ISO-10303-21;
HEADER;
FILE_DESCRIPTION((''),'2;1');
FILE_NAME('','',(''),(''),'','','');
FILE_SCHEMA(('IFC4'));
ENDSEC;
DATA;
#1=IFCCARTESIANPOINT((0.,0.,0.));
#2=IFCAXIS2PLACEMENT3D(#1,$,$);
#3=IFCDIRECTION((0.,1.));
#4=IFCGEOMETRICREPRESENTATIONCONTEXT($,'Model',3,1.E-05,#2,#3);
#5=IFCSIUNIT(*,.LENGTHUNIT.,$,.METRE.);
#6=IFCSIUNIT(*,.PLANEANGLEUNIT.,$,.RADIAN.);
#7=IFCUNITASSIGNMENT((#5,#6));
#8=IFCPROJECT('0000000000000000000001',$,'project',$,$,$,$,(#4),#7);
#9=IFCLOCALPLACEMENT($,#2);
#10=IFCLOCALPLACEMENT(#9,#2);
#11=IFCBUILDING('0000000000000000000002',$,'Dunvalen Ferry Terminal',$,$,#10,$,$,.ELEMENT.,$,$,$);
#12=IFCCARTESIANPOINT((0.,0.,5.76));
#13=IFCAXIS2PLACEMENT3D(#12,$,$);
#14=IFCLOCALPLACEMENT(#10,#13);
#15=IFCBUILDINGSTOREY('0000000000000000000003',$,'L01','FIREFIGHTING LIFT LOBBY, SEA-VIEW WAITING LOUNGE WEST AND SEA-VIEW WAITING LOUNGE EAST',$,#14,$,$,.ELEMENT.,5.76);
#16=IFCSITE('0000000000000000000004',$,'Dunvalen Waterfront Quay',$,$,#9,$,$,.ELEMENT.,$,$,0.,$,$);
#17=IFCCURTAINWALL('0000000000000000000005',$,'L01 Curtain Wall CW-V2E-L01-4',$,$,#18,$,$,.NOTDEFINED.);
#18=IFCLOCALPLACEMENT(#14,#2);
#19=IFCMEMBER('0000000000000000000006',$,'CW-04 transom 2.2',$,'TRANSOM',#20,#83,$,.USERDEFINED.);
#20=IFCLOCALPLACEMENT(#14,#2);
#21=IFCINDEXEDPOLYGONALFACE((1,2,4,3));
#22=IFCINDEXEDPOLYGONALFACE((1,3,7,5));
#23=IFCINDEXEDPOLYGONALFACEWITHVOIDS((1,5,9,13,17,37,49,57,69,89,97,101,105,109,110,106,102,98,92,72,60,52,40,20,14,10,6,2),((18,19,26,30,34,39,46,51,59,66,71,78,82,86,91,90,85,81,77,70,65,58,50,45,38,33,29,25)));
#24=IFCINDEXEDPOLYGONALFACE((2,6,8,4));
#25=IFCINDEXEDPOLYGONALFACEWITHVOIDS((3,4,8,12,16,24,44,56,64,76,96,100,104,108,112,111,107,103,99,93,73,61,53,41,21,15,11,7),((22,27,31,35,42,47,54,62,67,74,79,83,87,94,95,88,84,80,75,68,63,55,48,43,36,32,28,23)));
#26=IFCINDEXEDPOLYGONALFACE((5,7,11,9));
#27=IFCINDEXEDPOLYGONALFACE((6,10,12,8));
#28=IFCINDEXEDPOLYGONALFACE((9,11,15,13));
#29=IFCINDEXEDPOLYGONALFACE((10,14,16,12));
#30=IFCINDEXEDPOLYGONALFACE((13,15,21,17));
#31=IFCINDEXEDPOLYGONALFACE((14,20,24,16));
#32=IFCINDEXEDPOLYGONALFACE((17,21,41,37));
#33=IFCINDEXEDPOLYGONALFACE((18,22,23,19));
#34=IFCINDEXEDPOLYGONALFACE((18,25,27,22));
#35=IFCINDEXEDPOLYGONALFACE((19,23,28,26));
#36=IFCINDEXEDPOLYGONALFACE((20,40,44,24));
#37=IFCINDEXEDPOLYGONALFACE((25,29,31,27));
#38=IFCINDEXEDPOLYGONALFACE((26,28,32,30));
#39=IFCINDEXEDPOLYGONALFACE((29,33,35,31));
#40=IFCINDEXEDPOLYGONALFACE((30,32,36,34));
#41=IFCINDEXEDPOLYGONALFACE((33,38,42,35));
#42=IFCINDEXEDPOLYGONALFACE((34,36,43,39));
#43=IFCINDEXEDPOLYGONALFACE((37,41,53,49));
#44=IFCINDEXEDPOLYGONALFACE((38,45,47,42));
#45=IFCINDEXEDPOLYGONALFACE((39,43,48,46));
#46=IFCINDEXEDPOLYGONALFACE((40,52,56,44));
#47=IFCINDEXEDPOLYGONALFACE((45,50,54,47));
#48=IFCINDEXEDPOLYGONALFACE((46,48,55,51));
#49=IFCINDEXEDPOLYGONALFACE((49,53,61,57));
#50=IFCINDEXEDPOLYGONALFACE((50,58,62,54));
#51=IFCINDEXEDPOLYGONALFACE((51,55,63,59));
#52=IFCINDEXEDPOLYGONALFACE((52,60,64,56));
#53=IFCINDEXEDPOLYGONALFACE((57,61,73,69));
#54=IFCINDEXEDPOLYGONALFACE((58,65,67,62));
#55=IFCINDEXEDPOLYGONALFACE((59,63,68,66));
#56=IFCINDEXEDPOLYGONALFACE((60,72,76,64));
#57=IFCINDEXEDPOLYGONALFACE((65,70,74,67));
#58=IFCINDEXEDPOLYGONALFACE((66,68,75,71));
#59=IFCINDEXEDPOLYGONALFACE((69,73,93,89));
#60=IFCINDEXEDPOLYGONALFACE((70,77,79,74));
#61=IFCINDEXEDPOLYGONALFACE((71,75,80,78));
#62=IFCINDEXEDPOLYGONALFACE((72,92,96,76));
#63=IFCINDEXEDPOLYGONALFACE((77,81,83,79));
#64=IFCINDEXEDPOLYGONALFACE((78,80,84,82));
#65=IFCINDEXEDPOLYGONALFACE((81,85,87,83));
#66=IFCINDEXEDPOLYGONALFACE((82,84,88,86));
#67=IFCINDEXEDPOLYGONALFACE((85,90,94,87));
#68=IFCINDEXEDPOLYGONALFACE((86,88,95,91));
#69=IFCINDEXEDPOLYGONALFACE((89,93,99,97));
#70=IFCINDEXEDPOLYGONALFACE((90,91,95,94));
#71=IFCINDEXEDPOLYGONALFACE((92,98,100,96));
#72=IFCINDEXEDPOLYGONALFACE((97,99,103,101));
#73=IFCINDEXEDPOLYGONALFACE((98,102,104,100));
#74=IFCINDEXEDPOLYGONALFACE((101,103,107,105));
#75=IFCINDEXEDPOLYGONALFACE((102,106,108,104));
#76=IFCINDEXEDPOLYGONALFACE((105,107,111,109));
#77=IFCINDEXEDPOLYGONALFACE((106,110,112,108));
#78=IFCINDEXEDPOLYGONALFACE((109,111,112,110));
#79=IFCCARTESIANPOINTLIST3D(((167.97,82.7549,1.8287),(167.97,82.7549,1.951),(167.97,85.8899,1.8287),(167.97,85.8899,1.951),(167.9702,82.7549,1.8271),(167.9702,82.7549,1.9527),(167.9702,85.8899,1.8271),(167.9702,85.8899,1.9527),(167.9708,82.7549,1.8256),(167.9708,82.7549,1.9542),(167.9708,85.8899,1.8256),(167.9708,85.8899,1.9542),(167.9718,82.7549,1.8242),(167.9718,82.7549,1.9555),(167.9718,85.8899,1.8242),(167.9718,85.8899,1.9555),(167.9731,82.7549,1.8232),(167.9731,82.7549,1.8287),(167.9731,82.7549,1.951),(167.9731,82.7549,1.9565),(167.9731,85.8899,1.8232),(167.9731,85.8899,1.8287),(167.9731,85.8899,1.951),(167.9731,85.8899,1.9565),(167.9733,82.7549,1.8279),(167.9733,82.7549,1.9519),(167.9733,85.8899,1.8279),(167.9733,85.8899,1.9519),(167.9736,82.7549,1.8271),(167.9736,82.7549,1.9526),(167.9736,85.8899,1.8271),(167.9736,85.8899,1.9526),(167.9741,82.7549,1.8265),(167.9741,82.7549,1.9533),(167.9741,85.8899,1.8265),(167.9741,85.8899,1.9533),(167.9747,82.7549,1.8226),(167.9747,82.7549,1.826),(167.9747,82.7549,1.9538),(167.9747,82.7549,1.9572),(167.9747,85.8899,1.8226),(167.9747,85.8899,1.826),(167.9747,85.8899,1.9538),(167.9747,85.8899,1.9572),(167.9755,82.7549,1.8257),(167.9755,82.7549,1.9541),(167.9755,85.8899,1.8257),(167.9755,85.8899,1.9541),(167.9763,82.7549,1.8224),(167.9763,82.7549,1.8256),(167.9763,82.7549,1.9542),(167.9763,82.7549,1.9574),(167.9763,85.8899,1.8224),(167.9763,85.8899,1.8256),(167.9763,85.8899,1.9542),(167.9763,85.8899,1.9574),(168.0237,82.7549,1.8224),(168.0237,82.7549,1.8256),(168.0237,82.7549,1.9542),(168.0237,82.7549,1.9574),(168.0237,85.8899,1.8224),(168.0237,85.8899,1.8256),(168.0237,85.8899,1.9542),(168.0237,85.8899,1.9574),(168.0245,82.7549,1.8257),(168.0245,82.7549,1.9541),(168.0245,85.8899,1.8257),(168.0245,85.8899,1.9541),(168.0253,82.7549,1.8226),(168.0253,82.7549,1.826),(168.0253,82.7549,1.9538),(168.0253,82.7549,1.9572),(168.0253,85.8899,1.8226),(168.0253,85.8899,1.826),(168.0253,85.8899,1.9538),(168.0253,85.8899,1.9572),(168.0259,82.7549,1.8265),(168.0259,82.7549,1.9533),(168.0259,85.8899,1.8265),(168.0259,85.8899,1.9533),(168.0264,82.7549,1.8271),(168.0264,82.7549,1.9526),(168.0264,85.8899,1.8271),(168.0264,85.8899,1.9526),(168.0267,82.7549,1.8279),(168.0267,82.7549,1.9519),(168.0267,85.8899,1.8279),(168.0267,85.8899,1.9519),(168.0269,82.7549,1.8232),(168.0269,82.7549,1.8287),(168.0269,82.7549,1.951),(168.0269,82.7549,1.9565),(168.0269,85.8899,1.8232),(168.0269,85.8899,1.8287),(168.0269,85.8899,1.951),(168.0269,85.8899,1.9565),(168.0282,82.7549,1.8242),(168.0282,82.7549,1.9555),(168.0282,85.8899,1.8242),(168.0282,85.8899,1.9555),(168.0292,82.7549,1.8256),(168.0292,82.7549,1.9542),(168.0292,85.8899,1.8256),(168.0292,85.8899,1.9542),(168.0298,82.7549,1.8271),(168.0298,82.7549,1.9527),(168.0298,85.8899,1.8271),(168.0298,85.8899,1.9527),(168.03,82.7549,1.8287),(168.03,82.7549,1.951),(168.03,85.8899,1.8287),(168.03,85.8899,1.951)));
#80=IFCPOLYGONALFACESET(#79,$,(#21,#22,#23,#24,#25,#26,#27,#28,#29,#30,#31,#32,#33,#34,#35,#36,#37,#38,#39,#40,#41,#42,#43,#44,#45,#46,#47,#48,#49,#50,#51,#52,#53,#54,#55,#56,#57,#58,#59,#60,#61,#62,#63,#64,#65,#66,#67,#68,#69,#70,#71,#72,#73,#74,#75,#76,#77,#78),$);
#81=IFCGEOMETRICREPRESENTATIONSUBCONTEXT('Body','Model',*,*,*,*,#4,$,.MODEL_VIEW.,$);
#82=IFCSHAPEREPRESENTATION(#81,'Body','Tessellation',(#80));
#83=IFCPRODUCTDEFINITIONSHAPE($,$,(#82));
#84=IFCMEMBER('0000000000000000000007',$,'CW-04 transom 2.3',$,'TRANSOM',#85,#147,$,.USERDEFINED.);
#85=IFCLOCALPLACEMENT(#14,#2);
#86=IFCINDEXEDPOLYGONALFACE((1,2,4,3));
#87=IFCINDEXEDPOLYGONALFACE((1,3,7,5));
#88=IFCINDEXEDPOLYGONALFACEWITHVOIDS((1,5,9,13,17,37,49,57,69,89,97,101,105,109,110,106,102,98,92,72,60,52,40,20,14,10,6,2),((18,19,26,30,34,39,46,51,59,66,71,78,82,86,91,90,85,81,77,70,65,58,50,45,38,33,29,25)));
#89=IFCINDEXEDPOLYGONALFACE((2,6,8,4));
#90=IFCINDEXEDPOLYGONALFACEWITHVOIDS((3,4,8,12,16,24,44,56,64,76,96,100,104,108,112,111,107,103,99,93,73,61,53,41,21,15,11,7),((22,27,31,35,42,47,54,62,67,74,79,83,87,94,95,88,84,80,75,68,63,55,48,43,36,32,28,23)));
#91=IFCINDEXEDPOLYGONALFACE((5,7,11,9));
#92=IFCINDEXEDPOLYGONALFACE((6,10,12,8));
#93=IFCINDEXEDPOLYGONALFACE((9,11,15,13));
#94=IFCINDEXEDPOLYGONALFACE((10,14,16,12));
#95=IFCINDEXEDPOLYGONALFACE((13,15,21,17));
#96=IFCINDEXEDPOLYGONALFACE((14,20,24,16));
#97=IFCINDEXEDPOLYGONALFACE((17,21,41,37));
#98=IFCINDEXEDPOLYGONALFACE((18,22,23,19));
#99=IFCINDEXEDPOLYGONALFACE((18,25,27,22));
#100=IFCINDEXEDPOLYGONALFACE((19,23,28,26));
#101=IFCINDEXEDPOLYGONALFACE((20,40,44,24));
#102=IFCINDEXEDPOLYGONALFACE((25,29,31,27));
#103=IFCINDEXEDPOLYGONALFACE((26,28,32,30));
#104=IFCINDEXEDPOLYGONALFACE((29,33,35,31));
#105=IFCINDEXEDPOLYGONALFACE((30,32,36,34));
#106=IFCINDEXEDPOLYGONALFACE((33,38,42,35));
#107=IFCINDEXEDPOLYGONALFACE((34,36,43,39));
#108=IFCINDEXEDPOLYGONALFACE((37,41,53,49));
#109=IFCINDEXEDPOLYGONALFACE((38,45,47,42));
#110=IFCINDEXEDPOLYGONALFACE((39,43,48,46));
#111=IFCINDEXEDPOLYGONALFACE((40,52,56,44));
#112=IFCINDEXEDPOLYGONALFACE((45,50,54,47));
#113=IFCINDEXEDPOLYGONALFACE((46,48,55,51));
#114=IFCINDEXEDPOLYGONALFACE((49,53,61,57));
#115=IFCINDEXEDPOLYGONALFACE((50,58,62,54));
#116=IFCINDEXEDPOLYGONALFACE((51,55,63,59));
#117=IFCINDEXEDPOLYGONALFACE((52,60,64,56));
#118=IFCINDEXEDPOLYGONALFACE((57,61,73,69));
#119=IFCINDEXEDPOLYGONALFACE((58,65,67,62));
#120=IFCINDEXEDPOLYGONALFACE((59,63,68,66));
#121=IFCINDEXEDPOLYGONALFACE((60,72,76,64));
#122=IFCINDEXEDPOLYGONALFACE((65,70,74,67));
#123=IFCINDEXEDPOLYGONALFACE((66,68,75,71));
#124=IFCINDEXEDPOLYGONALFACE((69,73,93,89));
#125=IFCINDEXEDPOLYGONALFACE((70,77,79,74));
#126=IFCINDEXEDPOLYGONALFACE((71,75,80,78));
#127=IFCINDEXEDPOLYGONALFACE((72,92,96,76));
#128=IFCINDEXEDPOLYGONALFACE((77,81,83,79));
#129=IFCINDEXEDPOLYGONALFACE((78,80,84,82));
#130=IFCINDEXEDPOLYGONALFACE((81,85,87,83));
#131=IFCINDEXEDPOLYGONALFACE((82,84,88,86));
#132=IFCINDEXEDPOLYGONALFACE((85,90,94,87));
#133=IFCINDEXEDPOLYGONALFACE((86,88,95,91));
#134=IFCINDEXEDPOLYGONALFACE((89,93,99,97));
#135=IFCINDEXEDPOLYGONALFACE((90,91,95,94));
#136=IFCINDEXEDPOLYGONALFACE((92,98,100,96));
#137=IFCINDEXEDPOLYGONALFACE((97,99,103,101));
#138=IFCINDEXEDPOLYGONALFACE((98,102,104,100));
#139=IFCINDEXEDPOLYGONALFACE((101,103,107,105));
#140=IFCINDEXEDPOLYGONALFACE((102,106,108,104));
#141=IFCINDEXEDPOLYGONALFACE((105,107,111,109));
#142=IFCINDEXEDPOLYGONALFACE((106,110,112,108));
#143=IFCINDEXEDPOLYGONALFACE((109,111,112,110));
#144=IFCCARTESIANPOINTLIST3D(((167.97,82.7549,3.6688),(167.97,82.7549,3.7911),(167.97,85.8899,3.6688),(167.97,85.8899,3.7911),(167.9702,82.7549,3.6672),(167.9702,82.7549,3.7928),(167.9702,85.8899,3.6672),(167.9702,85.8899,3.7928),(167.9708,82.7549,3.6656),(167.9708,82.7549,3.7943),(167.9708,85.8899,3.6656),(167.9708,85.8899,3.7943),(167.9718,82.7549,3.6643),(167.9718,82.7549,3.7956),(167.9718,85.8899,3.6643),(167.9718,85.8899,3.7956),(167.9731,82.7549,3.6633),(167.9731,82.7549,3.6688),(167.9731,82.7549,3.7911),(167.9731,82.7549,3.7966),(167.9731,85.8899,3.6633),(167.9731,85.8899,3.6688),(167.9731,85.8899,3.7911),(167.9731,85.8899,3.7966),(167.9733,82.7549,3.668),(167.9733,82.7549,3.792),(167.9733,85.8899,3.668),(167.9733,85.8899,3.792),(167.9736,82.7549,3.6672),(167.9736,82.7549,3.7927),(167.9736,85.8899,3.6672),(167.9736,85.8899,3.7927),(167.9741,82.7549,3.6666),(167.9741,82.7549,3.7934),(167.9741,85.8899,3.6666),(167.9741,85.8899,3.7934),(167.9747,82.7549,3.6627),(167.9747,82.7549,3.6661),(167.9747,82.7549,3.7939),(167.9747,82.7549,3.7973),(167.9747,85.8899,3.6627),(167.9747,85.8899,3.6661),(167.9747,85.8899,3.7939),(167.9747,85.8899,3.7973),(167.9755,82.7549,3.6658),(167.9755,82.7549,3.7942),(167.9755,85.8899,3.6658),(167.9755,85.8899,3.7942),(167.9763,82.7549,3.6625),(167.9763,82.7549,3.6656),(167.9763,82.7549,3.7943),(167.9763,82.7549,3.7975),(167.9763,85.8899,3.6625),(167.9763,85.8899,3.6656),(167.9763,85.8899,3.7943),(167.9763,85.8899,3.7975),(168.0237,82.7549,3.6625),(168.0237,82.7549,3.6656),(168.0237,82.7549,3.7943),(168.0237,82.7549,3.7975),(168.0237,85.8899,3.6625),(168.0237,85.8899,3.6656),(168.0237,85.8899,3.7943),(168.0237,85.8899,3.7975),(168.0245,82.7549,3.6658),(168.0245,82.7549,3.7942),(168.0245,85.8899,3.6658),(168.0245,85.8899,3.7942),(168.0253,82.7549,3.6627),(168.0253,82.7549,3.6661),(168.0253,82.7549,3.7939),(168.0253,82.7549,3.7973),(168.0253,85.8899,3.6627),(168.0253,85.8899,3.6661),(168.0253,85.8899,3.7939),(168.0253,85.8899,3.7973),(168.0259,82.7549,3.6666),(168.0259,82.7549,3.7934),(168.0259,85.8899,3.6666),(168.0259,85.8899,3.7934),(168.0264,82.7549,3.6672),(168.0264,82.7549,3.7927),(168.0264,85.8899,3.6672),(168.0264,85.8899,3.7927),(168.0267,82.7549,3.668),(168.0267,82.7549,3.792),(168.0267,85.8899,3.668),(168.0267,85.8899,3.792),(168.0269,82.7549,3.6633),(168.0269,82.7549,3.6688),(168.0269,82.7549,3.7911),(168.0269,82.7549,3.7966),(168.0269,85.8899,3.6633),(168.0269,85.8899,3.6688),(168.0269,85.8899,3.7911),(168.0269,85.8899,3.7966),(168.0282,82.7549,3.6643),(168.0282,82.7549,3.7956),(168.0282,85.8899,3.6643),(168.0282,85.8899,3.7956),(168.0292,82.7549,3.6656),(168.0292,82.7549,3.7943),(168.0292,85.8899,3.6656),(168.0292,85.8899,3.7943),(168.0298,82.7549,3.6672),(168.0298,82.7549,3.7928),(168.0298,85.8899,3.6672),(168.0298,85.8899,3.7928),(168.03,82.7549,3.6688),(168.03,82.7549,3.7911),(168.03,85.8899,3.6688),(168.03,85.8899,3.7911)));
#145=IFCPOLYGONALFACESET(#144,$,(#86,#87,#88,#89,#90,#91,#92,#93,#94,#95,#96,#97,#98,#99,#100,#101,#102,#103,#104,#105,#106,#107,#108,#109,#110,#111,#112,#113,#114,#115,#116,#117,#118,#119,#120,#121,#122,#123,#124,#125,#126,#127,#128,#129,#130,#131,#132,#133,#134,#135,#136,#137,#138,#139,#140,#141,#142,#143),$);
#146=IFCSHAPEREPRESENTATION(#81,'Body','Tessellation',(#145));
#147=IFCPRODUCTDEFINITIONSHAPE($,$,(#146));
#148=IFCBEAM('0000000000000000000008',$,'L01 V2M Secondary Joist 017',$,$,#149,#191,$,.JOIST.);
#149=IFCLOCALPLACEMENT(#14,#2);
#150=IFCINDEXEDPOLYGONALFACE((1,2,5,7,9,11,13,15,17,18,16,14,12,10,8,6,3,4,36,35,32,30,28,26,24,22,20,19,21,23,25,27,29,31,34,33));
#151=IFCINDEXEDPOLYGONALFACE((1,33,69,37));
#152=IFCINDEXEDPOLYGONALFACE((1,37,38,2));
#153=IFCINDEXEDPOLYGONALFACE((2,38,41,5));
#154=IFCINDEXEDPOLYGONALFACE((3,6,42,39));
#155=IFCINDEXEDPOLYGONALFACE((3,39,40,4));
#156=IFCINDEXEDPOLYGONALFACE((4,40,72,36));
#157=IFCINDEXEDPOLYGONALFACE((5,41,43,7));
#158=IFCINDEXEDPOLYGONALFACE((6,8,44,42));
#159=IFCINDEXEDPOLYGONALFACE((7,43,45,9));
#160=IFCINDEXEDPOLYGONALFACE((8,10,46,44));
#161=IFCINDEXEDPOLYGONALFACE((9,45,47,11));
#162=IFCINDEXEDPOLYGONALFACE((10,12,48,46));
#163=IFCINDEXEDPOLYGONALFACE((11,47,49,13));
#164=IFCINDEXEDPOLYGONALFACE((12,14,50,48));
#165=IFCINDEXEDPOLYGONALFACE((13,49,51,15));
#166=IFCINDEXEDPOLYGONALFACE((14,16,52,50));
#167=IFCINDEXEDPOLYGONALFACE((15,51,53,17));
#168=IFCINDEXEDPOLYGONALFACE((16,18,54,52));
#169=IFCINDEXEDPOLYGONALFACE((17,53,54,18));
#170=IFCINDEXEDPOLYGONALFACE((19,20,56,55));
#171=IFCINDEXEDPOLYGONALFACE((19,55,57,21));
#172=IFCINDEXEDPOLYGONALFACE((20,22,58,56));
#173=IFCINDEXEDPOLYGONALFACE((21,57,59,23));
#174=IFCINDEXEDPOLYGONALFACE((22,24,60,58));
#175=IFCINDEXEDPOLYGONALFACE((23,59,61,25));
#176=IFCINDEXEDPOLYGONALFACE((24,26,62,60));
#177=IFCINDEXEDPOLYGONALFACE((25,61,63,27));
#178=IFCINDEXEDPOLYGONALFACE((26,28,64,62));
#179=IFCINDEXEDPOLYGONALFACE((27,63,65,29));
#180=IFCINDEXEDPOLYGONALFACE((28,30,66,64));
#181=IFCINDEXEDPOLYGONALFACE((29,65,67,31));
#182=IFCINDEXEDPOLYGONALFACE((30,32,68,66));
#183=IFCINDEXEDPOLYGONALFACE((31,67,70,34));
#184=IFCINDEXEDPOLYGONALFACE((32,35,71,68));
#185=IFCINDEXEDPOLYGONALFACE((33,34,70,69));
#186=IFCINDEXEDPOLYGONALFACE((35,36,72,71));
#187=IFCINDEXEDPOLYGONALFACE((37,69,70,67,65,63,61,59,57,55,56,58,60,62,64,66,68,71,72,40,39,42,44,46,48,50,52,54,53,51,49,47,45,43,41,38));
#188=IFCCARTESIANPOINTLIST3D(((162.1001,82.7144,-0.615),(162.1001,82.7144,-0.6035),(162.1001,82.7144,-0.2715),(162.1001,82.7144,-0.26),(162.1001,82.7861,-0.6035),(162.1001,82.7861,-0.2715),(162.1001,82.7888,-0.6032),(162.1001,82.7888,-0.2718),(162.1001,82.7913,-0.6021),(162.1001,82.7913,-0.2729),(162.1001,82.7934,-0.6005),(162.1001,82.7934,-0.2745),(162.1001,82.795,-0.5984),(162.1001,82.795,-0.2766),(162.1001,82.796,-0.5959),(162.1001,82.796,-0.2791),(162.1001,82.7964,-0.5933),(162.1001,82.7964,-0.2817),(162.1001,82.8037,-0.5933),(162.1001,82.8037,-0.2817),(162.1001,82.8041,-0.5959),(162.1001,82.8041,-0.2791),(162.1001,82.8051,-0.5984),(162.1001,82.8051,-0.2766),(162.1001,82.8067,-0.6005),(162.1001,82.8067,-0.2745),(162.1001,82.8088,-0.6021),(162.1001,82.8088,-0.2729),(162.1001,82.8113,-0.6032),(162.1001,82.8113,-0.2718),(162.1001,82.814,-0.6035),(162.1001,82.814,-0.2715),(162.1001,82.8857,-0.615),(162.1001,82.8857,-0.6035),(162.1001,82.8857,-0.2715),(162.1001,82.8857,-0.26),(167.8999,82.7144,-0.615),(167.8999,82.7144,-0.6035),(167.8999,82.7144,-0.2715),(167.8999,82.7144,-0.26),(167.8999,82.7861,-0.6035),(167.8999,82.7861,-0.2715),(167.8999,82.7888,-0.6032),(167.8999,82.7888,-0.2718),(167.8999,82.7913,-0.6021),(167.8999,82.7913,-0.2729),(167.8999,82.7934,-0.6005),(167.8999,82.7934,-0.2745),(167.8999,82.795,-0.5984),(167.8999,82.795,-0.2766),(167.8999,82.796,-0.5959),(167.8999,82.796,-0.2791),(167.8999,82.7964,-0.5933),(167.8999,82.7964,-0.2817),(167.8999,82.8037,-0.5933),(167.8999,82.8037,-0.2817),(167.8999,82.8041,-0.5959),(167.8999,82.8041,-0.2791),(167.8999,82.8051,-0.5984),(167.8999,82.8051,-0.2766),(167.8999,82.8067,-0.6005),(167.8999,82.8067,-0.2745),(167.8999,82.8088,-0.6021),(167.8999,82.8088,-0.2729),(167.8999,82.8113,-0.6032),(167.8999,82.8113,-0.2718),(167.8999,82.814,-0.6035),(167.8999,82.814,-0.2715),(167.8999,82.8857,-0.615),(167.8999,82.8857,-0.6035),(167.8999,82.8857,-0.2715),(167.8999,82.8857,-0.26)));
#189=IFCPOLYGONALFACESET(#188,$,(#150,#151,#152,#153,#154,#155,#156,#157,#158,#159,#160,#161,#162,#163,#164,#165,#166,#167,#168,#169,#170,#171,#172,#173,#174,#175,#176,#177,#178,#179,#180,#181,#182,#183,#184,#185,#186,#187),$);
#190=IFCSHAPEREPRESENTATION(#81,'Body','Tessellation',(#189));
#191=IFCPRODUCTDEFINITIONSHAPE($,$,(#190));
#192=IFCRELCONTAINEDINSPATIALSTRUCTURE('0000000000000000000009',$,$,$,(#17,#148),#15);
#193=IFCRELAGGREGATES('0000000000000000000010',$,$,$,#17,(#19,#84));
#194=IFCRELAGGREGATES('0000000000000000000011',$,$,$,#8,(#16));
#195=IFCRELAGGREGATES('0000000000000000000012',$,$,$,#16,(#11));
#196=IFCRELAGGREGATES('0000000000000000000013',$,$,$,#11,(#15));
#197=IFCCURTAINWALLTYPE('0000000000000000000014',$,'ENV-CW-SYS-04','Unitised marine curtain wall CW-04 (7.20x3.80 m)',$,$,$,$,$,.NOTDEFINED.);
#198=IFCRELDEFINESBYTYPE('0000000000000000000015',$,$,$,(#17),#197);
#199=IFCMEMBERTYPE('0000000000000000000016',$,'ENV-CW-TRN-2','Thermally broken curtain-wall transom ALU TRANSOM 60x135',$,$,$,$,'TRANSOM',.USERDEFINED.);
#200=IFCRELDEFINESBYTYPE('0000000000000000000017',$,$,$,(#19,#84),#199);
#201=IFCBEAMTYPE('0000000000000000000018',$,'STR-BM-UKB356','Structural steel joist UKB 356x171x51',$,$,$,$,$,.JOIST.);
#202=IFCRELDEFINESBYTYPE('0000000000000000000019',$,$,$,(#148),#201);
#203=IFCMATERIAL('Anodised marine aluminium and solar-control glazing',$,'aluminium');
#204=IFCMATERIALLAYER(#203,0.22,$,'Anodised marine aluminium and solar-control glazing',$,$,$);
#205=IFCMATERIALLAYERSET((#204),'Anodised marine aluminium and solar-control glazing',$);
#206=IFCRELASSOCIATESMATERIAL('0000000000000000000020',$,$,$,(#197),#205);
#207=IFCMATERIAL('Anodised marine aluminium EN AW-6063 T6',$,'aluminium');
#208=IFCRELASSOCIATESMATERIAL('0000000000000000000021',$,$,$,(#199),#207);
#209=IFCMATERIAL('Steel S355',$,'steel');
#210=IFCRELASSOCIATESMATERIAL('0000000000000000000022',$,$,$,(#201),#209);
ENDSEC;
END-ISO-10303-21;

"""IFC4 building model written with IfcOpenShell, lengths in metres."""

from ifc_helpers import new_model, si_unit, direction, frame, origin, origin_2d, place, context, subcontext, project, spatial, hollow_rectangle, i_section, extrude, material, layer, layer_set, material_profile, profile_set, type_object, element, aggregate, save


model = new_model("IFC4")

# Units and contexts
model_context = context("Model", 3, precision=1e-05, world=origin(), true_north=direction((0.0, 1.0)))
body_context = subcontext(model_context, "Body", "Model", "MODEL_VIEW")
ifc_project = project(units=[si_unit("LENGTHUNIT", "METRE"), si_unit("PLANEANGLEUNIT", "RADIAN")], contexts=[model_context])

# Site, building, storey
site_placement = place(None, origin())
site = spatial("IfcSite", under=ifc_project, at=site_placement, Name="Dunvalen Waterfront Quay", CompositionType="ELEMENT", RefElevation=0.0)
building_placement = place(site_placement, origin())
building = spatial("IfcBuilding", under=site, at=building_placement, Name="Dunvalen Ferry Terminal", CompositionType="ELEMENT")
storey_placement = place(building_placement, frame((0.0, 0.0, 5.76)))
storey = spatial("IfcBuildingStorey", under=building, at=storey_placement, Name="L01", Description="FIREFIGHTING LIFT LOBBY, SEA-VIEW WAITING LOUNGE WEST AND SEA-VIEW WAITING LOUNGE EAST", CompositionType="ELEMENT", Elevation=5.76)

# Shared definitions
ifc_material_1 = material(Name="Anodised marine aluminium and solar-control glazing", Category="aluminium")
ifc_material_2 = material(Name="Anodised marine aluminium EN AW-6063 T6", Category="aluminium")

# Curtain wall
ifc_layer_1 = layer(ifc_material_1, 0.22, Name="Anodised marine aluminium and solar-control glazing")
ifc_layer_set_1 = layer_set([ifc_layer_1], Name="Anodised marine aluminium and solar-control glazing")
curtain_wall_type_1 = type_object("IfcCurtainWallType", Name="ENV-CW-SYS-04", Description="Unitised marine curtain wall CW-04 (7.20x3.80 m)", PredefinedType="NOTDEFINED", material=ifc_layer_set_1)
curtain_wall_1_placement = place(storey_placement, origin())
curtain_wall_1 = element("IfcCurtainWall", 1, at=curtain_wall_1_placement, inside=storey, type_object=curtain_wall_type_1, Name="L01 Curtain Wall CW-V2E-L01-4", PredefinedType="NOTDEFINED")

# Members
ifc_material_profile_1 = material_profile(ifc_material_2, hollow_rectangle(XDim=0.0601, YDim=0.135, WallThickness=0.0032, InnerFilletRadius=0.0032, OuterFilletRadius=0.0063, at=origin_2d()), Name="Anodised marine aluminium EN AW-6063 T6")
ifc_profile_set_1 = profile_set([ifc_material_profile_1], Name="Anodised marine aluminium EN AW-6063 T6")
member_type_1 = type_object("IfcMemberType", Name="ENV-CW-TRN-2", Description="Thermally broken curtain-wall transom ALU TRANSOM 60x135", ElementType="TRANSOM", PredefinedType="USERDEFINED", material=ifc_profile_set_1)
member_1_placement = place(storey_placement, frame((168.0, 82.7549, 1.8899), z_axis=(0.0, 1.0, 0.0), x_axis=(-1.0, 0.0, 0.0)))
member_1 = element("IfcMember", 2, at=member_1_placement, type_object=member_type_1, Name="CW-04 transom 2.2", ObjectType="TRANSOM", PredefinedType="USERDEFINED", context=body_context, shape_type="SweptSolid", body=[
    extrude(hollow_rectangle(XDim=0.0601, YDim=0.135, WallThickness=0.0032, InnerFilletRadius=0.0032, OuterFilletRadius=0.0063, at=origin_2d()), origin(), (0.0, 0.0, 1.0), 3.135),
])
member_2_placement = place(storey_placement, frame((168.0, 82.7549, 3.73), z_axis=(0.0, 1.0, 0.0), x_axis=(-1.0, 0.0, 0.0)))
member_2 = element("IfcMember", 3, at=member_2_placement, type_object=member_type_1, Name="CW-04 transom 2.3", ObjectType="TRANSOM", PredefinedType="USERDEFINED", context=body_context, shape_type="SweptSolid", body=[
    extrude(hollow_rectangle(XDim=0.0601, YDim=0.135, WallThickness=0.0032, InnerFilletRadius=0.0032, OuterFilletRadius=0.0063, at=origin_2d()), origin(), (0.0, 0.0, 1.0), 3.135),
])

# Beam
ifc_material_3 = material(Name="Steel S355", Category="steel")
ifc_material_profile_2 = material_profile(ifc_material_3, i_section(OverallWidth=0.1714, OverallDepth=0.355, WebThickness=0.0073, FlangeThickness=0.0115, FilletRadius=0.0103, at=origin_2d()), Name="Steel S355")
ifc_profile_set_2 = profile_set([ifc_material_profile_2], Name="Steel S355")
beam_type = type_object("IfcBeamType", Name="STR-BM-UKB356", Description="Structural steel joist UKB 356x171x51", PredefinedType="JOIST", material=ifc_profile_set_2)
beam_placement = place(storey_placement, frame((162.1001, 82.8, -0.4375), z_axis=(1.0, 0.0, 0.0), x_axis=(0.0, 1.0, 0.0)))
element("IfcBeam", 4, at=beam_placement, inside=storey, type_object=beam_type, Name="L01 V2M Secondary Joist 017", PredefinedType="JOIST", context=body_context, shape_type="SweptSolid", body=[
    extrude(i_section(OverallWidth=0.1714, OverallDepth=0.355, WebThickness=0.0073, FlangeThickness=0.0115, FilletRadius=0.0103, at=origin_2d()), origin(), (0.0, 0.0, 1.0), 5.7998),
])

aggregate(curtain_wall_1, [member_1, member_2])

save(model, "model.ifc")
